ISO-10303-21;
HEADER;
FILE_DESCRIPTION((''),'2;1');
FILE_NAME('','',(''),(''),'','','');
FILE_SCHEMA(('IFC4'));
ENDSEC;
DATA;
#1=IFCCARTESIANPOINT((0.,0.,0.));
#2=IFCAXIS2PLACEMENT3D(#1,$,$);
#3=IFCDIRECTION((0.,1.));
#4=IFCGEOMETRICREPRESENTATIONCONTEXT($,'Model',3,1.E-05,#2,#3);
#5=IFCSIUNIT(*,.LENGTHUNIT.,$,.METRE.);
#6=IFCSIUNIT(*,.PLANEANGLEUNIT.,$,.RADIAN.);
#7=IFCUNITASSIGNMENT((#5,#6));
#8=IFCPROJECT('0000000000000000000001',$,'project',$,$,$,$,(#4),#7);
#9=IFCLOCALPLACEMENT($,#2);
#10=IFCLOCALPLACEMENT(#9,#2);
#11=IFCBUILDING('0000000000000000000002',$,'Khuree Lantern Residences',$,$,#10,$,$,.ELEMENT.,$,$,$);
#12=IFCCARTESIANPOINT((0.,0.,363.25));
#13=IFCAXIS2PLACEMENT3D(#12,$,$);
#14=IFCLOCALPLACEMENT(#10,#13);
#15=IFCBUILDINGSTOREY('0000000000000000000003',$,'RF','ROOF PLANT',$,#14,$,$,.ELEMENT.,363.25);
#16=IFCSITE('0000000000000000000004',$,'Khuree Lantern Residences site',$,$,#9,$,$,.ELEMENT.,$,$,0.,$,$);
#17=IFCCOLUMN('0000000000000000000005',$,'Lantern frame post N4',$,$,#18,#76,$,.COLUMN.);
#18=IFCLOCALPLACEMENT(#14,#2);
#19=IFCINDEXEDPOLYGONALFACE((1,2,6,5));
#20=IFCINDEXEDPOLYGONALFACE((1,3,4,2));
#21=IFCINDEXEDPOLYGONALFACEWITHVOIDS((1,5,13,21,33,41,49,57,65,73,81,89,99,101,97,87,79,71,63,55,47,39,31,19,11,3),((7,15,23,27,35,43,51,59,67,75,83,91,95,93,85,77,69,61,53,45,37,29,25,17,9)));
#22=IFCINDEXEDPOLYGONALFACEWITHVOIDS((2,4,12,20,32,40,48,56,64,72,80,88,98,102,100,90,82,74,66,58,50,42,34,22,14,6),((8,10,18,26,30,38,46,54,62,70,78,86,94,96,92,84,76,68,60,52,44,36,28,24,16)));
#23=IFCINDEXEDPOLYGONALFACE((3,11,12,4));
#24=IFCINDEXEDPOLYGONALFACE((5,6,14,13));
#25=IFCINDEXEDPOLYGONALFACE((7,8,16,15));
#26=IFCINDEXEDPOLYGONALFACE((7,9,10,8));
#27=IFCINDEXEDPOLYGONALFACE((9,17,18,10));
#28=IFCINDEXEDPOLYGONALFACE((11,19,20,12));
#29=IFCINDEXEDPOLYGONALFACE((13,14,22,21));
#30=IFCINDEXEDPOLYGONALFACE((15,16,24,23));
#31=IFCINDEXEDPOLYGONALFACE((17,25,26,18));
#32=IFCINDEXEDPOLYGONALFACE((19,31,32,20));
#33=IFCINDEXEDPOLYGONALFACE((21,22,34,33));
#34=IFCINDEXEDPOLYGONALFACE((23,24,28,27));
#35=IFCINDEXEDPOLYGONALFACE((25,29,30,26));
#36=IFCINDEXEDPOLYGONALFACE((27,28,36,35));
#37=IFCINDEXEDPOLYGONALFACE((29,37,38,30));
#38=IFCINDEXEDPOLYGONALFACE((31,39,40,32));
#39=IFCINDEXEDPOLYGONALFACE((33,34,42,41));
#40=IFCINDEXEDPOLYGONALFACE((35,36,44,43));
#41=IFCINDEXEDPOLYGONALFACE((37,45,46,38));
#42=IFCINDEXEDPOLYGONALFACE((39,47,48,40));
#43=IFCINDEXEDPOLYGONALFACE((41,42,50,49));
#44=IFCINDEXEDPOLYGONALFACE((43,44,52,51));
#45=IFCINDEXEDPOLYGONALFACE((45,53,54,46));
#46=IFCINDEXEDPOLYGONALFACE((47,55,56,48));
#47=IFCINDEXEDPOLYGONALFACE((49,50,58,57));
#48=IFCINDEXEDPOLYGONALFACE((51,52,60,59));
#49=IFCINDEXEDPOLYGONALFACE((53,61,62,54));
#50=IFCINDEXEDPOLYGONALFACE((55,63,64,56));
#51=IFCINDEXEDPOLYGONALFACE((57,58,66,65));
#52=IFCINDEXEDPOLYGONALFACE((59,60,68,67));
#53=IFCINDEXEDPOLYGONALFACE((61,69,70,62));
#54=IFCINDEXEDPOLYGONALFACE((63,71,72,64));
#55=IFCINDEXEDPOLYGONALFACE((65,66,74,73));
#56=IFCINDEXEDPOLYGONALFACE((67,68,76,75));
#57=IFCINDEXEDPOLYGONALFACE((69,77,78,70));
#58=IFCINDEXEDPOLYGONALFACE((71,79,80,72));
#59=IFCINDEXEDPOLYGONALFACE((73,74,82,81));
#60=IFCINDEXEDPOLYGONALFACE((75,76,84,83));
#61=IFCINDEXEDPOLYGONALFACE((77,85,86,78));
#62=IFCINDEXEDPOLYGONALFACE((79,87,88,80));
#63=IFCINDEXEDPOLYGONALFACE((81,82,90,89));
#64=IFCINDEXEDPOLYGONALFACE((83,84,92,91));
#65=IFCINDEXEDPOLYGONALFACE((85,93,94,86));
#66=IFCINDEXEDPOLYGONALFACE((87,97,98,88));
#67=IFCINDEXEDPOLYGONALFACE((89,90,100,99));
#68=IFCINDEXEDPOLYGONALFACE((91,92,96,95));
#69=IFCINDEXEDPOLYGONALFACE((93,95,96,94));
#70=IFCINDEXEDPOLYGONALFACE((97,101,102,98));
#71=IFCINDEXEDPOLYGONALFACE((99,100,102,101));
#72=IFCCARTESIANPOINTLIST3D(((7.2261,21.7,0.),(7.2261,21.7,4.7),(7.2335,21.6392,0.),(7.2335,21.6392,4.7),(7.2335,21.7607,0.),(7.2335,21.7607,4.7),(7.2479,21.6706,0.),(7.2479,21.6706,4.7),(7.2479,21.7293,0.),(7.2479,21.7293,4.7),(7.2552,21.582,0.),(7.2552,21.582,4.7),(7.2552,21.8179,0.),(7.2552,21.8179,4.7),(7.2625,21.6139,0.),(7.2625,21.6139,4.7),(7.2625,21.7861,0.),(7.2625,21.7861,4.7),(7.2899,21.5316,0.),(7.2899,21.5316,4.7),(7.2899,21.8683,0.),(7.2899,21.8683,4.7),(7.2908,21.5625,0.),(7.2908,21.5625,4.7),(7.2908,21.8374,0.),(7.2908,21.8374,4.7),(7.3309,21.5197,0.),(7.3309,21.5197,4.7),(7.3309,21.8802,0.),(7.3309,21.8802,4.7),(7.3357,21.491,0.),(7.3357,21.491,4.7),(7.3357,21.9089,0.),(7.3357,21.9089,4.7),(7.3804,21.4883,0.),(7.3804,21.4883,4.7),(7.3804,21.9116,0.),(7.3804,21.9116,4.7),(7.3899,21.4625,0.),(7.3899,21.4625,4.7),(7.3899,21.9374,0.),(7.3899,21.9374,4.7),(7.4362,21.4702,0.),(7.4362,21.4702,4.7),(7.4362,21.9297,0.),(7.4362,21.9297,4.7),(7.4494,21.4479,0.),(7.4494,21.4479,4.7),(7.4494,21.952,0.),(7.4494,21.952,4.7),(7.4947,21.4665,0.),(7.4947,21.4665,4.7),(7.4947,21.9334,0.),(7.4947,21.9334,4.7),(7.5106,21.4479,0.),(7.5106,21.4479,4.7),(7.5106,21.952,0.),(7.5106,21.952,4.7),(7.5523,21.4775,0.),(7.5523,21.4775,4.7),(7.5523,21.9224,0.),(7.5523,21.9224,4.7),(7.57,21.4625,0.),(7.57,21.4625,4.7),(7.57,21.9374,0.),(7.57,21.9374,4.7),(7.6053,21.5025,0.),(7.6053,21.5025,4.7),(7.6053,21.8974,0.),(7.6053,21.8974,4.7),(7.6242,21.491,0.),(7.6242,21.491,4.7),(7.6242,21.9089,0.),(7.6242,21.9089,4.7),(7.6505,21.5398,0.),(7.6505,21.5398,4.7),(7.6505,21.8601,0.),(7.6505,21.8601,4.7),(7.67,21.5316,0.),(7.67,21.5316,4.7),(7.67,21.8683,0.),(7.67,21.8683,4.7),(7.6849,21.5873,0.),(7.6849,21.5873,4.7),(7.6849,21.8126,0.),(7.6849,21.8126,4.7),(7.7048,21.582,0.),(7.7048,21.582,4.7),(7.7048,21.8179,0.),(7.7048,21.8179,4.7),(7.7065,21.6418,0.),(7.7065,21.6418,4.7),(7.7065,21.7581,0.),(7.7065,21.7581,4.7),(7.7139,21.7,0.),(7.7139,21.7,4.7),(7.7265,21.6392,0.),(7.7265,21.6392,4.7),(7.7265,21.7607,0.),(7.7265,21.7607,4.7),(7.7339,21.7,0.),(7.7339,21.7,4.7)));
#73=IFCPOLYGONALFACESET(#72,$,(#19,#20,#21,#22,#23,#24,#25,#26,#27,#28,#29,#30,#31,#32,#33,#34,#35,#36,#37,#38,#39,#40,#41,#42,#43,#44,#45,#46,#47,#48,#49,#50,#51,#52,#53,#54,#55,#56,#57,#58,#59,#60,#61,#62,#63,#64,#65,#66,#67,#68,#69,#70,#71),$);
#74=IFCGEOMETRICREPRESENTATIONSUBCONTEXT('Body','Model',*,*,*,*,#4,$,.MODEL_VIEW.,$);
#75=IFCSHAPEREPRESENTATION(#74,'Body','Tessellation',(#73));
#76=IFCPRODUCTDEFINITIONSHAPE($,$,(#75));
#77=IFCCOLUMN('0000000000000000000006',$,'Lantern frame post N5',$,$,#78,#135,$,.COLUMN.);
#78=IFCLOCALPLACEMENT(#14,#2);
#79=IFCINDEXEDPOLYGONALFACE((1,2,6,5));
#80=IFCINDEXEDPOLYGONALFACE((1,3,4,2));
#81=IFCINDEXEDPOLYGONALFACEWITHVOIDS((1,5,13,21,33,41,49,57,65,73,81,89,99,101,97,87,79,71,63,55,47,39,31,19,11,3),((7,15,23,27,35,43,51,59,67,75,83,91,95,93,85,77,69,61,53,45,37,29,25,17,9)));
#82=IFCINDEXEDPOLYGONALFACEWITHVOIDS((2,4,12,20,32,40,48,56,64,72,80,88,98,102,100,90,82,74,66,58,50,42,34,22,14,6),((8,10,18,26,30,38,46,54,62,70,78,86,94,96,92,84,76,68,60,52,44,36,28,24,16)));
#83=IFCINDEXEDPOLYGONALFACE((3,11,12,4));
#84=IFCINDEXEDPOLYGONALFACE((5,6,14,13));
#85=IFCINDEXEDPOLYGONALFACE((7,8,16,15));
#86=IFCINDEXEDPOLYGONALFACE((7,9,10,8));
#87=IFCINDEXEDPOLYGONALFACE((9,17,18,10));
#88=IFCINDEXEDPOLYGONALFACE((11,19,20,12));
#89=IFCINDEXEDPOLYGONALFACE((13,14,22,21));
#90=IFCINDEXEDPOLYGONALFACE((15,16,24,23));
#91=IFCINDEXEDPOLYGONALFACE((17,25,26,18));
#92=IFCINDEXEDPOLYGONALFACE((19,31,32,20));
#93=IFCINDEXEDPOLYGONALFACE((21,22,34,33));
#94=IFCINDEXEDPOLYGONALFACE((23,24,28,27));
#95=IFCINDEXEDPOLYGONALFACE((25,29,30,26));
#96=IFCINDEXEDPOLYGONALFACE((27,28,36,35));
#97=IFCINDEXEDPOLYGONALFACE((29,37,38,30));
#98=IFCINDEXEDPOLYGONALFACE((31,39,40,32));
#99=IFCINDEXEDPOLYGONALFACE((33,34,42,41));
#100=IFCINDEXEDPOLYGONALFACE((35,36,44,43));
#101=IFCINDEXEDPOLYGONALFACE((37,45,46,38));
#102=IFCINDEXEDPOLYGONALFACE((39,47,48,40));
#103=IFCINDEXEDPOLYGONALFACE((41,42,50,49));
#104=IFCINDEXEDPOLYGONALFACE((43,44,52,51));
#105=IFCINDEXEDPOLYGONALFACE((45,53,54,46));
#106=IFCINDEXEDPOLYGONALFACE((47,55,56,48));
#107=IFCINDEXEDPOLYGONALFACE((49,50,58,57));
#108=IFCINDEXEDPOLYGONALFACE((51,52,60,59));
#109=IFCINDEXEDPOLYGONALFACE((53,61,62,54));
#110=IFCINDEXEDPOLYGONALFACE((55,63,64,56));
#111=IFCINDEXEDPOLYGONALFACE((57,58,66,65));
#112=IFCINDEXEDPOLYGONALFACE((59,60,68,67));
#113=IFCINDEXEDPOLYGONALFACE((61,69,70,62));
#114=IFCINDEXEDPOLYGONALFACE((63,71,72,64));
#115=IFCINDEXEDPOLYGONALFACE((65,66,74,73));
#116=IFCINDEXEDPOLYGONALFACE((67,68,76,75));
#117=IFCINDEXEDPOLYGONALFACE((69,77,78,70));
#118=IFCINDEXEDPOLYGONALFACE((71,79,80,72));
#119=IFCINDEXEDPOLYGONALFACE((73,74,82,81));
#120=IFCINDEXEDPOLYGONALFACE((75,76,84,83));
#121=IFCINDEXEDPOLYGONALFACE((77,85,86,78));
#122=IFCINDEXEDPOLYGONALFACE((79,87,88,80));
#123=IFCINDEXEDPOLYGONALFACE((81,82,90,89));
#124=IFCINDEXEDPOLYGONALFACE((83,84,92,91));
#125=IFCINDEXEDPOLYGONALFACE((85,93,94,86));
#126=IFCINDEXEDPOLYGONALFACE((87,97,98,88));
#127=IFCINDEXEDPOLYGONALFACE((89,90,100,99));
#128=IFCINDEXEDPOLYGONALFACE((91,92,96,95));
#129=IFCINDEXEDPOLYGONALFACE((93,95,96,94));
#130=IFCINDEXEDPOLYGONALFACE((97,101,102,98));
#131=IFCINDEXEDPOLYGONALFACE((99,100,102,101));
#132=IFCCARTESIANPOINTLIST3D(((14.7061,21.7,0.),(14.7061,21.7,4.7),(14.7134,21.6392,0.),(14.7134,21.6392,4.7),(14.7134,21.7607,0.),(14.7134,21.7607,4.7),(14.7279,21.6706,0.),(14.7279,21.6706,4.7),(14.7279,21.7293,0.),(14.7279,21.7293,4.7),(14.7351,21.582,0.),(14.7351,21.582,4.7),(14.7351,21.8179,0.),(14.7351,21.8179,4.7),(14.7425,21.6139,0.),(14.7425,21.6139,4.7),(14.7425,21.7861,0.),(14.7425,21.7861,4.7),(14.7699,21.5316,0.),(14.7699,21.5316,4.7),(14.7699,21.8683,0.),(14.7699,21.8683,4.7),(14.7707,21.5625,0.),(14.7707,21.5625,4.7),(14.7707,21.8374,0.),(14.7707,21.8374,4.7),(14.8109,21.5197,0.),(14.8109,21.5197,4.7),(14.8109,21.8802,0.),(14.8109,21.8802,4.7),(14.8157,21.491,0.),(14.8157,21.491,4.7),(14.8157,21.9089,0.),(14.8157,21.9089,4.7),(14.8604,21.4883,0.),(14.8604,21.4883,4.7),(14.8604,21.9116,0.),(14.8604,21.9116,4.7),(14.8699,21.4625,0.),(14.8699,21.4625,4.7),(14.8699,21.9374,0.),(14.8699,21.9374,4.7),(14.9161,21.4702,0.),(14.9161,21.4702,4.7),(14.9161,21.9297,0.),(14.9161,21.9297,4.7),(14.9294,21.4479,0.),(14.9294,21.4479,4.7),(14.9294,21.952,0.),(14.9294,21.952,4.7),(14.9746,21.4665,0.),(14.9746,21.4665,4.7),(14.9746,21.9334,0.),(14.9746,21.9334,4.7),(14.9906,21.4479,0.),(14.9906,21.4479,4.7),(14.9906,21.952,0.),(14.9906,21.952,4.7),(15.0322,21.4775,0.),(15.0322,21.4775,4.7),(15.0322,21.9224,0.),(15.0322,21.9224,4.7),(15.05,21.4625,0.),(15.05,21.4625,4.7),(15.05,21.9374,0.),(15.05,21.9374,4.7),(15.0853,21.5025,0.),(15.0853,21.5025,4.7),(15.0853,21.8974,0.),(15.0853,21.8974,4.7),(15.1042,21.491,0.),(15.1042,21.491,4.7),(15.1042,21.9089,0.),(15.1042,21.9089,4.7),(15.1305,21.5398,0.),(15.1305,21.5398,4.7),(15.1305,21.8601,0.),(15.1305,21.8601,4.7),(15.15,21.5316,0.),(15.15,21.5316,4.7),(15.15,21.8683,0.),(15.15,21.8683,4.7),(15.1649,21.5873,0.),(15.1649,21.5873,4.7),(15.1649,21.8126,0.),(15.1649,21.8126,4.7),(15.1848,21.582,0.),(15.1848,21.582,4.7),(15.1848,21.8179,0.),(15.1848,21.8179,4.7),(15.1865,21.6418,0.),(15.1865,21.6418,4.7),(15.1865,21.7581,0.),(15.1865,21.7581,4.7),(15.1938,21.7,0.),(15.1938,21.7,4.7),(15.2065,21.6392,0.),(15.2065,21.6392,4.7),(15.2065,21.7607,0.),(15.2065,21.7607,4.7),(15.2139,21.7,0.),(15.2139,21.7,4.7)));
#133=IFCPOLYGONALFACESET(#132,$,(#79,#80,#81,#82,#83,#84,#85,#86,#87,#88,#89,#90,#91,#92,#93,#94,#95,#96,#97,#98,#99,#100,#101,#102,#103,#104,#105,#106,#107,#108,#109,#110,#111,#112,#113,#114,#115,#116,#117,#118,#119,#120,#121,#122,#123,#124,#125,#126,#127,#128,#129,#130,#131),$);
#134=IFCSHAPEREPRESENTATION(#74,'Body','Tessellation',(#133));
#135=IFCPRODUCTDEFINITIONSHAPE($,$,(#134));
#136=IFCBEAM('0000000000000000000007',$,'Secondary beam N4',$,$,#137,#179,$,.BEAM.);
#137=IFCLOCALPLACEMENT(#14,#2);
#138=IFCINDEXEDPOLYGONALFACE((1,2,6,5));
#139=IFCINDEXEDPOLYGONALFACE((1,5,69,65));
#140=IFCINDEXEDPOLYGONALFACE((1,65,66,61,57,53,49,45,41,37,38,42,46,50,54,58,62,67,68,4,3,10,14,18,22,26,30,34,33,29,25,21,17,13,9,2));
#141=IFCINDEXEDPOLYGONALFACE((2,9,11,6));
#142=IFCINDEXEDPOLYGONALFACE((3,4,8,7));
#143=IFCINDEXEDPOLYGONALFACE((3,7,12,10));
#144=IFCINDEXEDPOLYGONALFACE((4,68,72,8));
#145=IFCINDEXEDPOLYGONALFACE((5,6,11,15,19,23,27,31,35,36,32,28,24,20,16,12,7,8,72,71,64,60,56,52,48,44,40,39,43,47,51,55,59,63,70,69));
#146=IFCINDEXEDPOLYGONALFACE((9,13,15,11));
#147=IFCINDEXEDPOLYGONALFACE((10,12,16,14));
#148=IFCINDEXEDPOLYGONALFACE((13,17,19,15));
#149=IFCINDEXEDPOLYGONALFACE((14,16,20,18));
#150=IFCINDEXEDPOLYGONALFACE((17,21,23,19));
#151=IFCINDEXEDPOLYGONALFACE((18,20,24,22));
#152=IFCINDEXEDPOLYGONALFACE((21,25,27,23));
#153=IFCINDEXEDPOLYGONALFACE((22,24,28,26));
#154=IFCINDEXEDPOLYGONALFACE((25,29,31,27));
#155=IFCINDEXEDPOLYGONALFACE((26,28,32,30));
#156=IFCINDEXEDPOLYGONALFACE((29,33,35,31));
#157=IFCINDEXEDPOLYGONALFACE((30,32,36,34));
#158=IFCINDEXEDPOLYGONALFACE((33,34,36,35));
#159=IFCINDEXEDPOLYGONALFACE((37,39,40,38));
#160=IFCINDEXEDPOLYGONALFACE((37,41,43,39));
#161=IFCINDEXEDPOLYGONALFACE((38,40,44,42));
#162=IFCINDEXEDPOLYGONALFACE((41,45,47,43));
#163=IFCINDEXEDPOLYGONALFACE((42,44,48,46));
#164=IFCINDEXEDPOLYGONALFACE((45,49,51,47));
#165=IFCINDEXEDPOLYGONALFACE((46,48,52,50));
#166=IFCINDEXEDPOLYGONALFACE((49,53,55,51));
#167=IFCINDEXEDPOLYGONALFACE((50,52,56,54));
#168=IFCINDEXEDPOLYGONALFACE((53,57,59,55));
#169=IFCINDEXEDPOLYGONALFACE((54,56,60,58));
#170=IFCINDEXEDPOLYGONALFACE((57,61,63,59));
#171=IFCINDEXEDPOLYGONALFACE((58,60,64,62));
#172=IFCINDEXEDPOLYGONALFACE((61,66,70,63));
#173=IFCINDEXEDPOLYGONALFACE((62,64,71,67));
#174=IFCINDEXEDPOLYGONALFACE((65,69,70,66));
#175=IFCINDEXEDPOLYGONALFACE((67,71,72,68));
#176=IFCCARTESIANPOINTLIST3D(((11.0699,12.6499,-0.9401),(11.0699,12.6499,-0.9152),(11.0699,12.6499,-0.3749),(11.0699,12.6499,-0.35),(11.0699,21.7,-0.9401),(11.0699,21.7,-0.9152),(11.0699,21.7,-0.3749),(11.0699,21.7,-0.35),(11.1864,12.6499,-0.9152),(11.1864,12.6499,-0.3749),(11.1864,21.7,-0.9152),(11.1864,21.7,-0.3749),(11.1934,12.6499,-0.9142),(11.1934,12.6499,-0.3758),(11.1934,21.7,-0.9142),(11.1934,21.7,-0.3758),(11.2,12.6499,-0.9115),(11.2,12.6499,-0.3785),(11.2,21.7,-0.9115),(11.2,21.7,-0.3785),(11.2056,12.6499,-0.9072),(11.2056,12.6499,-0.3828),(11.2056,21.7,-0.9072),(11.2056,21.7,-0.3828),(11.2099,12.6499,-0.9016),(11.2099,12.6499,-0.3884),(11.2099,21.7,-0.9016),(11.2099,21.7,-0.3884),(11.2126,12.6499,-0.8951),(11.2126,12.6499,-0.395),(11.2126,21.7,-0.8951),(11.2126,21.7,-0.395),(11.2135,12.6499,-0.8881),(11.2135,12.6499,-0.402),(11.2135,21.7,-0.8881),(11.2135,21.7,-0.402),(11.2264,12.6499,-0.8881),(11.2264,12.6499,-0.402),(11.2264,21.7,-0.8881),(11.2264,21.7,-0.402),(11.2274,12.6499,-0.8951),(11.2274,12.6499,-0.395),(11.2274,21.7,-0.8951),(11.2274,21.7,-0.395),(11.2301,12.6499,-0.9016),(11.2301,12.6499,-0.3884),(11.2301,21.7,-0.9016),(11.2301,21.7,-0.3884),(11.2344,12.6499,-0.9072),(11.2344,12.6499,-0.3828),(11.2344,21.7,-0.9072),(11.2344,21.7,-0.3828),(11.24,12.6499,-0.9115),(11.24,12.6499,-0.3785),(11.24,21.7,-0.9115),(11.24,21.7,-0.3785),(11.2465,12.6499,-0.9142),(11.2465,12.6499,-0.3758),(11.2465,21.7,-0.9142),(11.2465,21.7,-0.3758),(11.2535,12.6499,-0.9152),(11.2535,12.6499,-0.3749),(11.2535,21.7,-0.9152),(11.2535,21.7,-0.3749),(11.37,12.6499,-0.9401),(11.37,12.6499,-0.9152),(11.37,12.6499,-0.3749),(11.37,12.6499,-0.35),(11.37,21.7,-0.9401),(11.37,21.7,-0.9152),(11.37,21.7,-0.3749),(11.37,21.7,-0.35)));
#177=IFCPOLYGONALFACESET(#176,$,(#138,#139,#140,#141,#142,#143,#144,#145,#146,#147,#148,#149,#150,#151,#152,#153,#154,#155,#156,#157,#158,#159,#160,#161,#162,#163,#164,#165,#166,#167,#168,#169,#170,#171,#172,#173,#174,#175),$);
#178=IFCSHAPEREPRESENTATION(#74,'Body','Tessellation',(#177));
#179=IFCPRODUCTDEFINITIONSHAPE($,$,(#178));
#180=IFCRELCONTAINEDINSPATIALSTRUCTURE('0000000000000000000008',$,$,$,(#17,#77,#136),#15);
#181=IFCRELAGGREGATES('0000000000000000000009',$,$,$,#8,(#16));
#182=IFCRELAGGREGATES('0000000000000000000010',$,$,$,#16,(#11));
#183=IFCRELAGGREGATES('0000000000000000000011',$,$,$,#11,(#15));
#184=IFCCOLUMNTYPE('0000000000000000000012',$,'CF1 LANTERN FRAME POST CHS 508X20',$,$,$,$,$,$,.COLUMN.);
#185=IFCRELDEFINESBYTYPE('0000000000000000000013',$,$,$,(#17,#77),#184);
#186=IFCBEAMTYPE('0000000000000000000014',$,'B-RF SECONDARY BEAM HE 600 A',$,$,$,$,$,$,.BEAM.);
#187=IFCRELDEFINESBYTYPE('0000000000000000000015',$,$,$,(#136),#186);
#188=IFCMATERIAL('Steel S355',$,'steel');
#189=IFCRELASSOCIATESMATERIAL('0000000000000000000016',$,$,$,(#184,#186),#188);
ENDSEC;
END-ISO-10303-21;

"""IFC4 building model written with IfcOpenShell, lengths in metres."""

from ifc_helpers import new_model, si_unit, direction, frame, origin, origin_2d, place, context, subcontext, project, spatial, hollow_circle, i_section, extrude, material, material_profile, profile_set, type_object, element, save


model = new_model("IFC4")

# Units and contexts
model_context = context("Model", 3, precision=1e-05, world=origin(), true_north=direction((0.0, 1.0)))
body_context = subcontext(model_context, "Body", "Model", "MODEL_VIEW")
ifc_project = project(units=[si_unit("LENGTHUNIT", "METRE"), si_unit("PLANEANGLEUNIT", "RADIAN")], contexts=[model_context])

# Site, building, storey
site_placement = place(None, origin())
site = spatial("IfcSite", under=ifc_project, at=site_placement, Name="Khuree Lantern Residences site", CompositionType="ELEMENT", RefElevation=0.0)
building_placement = place(site_placement, origin())
building = spatial("IfcBuilding", under=site, at=building_placement, Name="Khuree Lantern Residences", CompositionType="ELEMENT")
storey_placement = place(building_placement, frame((0.0, 0.0, 363.25)))
storey = spatial("IfcBuildingStorey", under=building, at=storey_placement, Name="RF", Description="ROOF PLANT", CompositionType="ELEMENT", Elevation=363.25)

# Columns
ifc_material_1 = material(Name="Steel S355", Category="steel")
ifc_material_profile_1 = material_profile(ifc_material_1, hollow_circle(Radius=0.2539, WallThickness=0.02, at=origin_2d()), Name="CHS 508X20")
ifc_profile_set_1 = profile_set([ifc_material_profile_1], Name="Steel S355")
column_type = type_object("IfcColumnType", Name="CF1 LANTERN FRAME POST CHS 508X20", PredefinedType="COLUMN", material=ifc_profile_set_1)
for number, where, z_axis, x_axis, name in (
    (1, (7.48, 21.7, 0.0), (0.0, 0.0, 1.0), (1.0, 0.0, 0.0), "Lantern frame post N4"),
    (2, (14.96, 21.7, 0.0), (0.0, 0.0, 1.0), (1.0, 0.0, 0.0), "Lantern frame post N5"),
):
    element("IfcColumn", number, at=place(storey_placement, frame(where, z_axis=z_axis, x_axis=x_axis)), inside=storey, type_object=column_type, Name=name, PredefinedType="COLUMN", context=body_context, shape_type="SweptSolid", body=[
        extrude(hollow_circle(Radius=0.2539, WallThickness=0.02, at=origin_2d()), origin(), (0.0, 0.0, 1.0), 4.7),
    ])

# Beam
ifc_material_profile_2 = material_profile(ifc_material_1, i_section(OverallWidth=0.3, OverallDepth=0.5901, WebThickness=0.0129, FlangeThickness=0.0249, FilletRadius=0.0271, at=origin_2d()), Name="HE 600 A")
ifc_profile_set_2 = profile_set([ifc_material_profile_2], Name="Steel S355")
beam_type_1 = type_object("IfcBeamType", Name="B-RF SECONDARY BEAM HE 600 A", PredefinedType="BEAM", material=ifc_profile_set_2)
beam_1_placement = place(storey_placement, frame((11.22, 21.7, -0.645), z_axis=(0.0, -1.0, 0.0), x_axis=(1.0, 0.0, 0.0)))
element("IfcBeam", 3, at=beam_1_placement, inside=storey, type_object=beam_type_1, Name="Secondary beam N4", PredefinedType="BEAM", context=body_context, shape_type="SweptSolid", body=[
    extrude(i_section(OverallWidth=0.3, OverallDepth=0.5901, WebThickness=0.0129, FlangeThickness=0.0249, FilletRadius=0.0271, at=origin_2d()), origin(), (0.0, 0.0, 1.0), 9.05),
])

save(model, "model.ifc")
